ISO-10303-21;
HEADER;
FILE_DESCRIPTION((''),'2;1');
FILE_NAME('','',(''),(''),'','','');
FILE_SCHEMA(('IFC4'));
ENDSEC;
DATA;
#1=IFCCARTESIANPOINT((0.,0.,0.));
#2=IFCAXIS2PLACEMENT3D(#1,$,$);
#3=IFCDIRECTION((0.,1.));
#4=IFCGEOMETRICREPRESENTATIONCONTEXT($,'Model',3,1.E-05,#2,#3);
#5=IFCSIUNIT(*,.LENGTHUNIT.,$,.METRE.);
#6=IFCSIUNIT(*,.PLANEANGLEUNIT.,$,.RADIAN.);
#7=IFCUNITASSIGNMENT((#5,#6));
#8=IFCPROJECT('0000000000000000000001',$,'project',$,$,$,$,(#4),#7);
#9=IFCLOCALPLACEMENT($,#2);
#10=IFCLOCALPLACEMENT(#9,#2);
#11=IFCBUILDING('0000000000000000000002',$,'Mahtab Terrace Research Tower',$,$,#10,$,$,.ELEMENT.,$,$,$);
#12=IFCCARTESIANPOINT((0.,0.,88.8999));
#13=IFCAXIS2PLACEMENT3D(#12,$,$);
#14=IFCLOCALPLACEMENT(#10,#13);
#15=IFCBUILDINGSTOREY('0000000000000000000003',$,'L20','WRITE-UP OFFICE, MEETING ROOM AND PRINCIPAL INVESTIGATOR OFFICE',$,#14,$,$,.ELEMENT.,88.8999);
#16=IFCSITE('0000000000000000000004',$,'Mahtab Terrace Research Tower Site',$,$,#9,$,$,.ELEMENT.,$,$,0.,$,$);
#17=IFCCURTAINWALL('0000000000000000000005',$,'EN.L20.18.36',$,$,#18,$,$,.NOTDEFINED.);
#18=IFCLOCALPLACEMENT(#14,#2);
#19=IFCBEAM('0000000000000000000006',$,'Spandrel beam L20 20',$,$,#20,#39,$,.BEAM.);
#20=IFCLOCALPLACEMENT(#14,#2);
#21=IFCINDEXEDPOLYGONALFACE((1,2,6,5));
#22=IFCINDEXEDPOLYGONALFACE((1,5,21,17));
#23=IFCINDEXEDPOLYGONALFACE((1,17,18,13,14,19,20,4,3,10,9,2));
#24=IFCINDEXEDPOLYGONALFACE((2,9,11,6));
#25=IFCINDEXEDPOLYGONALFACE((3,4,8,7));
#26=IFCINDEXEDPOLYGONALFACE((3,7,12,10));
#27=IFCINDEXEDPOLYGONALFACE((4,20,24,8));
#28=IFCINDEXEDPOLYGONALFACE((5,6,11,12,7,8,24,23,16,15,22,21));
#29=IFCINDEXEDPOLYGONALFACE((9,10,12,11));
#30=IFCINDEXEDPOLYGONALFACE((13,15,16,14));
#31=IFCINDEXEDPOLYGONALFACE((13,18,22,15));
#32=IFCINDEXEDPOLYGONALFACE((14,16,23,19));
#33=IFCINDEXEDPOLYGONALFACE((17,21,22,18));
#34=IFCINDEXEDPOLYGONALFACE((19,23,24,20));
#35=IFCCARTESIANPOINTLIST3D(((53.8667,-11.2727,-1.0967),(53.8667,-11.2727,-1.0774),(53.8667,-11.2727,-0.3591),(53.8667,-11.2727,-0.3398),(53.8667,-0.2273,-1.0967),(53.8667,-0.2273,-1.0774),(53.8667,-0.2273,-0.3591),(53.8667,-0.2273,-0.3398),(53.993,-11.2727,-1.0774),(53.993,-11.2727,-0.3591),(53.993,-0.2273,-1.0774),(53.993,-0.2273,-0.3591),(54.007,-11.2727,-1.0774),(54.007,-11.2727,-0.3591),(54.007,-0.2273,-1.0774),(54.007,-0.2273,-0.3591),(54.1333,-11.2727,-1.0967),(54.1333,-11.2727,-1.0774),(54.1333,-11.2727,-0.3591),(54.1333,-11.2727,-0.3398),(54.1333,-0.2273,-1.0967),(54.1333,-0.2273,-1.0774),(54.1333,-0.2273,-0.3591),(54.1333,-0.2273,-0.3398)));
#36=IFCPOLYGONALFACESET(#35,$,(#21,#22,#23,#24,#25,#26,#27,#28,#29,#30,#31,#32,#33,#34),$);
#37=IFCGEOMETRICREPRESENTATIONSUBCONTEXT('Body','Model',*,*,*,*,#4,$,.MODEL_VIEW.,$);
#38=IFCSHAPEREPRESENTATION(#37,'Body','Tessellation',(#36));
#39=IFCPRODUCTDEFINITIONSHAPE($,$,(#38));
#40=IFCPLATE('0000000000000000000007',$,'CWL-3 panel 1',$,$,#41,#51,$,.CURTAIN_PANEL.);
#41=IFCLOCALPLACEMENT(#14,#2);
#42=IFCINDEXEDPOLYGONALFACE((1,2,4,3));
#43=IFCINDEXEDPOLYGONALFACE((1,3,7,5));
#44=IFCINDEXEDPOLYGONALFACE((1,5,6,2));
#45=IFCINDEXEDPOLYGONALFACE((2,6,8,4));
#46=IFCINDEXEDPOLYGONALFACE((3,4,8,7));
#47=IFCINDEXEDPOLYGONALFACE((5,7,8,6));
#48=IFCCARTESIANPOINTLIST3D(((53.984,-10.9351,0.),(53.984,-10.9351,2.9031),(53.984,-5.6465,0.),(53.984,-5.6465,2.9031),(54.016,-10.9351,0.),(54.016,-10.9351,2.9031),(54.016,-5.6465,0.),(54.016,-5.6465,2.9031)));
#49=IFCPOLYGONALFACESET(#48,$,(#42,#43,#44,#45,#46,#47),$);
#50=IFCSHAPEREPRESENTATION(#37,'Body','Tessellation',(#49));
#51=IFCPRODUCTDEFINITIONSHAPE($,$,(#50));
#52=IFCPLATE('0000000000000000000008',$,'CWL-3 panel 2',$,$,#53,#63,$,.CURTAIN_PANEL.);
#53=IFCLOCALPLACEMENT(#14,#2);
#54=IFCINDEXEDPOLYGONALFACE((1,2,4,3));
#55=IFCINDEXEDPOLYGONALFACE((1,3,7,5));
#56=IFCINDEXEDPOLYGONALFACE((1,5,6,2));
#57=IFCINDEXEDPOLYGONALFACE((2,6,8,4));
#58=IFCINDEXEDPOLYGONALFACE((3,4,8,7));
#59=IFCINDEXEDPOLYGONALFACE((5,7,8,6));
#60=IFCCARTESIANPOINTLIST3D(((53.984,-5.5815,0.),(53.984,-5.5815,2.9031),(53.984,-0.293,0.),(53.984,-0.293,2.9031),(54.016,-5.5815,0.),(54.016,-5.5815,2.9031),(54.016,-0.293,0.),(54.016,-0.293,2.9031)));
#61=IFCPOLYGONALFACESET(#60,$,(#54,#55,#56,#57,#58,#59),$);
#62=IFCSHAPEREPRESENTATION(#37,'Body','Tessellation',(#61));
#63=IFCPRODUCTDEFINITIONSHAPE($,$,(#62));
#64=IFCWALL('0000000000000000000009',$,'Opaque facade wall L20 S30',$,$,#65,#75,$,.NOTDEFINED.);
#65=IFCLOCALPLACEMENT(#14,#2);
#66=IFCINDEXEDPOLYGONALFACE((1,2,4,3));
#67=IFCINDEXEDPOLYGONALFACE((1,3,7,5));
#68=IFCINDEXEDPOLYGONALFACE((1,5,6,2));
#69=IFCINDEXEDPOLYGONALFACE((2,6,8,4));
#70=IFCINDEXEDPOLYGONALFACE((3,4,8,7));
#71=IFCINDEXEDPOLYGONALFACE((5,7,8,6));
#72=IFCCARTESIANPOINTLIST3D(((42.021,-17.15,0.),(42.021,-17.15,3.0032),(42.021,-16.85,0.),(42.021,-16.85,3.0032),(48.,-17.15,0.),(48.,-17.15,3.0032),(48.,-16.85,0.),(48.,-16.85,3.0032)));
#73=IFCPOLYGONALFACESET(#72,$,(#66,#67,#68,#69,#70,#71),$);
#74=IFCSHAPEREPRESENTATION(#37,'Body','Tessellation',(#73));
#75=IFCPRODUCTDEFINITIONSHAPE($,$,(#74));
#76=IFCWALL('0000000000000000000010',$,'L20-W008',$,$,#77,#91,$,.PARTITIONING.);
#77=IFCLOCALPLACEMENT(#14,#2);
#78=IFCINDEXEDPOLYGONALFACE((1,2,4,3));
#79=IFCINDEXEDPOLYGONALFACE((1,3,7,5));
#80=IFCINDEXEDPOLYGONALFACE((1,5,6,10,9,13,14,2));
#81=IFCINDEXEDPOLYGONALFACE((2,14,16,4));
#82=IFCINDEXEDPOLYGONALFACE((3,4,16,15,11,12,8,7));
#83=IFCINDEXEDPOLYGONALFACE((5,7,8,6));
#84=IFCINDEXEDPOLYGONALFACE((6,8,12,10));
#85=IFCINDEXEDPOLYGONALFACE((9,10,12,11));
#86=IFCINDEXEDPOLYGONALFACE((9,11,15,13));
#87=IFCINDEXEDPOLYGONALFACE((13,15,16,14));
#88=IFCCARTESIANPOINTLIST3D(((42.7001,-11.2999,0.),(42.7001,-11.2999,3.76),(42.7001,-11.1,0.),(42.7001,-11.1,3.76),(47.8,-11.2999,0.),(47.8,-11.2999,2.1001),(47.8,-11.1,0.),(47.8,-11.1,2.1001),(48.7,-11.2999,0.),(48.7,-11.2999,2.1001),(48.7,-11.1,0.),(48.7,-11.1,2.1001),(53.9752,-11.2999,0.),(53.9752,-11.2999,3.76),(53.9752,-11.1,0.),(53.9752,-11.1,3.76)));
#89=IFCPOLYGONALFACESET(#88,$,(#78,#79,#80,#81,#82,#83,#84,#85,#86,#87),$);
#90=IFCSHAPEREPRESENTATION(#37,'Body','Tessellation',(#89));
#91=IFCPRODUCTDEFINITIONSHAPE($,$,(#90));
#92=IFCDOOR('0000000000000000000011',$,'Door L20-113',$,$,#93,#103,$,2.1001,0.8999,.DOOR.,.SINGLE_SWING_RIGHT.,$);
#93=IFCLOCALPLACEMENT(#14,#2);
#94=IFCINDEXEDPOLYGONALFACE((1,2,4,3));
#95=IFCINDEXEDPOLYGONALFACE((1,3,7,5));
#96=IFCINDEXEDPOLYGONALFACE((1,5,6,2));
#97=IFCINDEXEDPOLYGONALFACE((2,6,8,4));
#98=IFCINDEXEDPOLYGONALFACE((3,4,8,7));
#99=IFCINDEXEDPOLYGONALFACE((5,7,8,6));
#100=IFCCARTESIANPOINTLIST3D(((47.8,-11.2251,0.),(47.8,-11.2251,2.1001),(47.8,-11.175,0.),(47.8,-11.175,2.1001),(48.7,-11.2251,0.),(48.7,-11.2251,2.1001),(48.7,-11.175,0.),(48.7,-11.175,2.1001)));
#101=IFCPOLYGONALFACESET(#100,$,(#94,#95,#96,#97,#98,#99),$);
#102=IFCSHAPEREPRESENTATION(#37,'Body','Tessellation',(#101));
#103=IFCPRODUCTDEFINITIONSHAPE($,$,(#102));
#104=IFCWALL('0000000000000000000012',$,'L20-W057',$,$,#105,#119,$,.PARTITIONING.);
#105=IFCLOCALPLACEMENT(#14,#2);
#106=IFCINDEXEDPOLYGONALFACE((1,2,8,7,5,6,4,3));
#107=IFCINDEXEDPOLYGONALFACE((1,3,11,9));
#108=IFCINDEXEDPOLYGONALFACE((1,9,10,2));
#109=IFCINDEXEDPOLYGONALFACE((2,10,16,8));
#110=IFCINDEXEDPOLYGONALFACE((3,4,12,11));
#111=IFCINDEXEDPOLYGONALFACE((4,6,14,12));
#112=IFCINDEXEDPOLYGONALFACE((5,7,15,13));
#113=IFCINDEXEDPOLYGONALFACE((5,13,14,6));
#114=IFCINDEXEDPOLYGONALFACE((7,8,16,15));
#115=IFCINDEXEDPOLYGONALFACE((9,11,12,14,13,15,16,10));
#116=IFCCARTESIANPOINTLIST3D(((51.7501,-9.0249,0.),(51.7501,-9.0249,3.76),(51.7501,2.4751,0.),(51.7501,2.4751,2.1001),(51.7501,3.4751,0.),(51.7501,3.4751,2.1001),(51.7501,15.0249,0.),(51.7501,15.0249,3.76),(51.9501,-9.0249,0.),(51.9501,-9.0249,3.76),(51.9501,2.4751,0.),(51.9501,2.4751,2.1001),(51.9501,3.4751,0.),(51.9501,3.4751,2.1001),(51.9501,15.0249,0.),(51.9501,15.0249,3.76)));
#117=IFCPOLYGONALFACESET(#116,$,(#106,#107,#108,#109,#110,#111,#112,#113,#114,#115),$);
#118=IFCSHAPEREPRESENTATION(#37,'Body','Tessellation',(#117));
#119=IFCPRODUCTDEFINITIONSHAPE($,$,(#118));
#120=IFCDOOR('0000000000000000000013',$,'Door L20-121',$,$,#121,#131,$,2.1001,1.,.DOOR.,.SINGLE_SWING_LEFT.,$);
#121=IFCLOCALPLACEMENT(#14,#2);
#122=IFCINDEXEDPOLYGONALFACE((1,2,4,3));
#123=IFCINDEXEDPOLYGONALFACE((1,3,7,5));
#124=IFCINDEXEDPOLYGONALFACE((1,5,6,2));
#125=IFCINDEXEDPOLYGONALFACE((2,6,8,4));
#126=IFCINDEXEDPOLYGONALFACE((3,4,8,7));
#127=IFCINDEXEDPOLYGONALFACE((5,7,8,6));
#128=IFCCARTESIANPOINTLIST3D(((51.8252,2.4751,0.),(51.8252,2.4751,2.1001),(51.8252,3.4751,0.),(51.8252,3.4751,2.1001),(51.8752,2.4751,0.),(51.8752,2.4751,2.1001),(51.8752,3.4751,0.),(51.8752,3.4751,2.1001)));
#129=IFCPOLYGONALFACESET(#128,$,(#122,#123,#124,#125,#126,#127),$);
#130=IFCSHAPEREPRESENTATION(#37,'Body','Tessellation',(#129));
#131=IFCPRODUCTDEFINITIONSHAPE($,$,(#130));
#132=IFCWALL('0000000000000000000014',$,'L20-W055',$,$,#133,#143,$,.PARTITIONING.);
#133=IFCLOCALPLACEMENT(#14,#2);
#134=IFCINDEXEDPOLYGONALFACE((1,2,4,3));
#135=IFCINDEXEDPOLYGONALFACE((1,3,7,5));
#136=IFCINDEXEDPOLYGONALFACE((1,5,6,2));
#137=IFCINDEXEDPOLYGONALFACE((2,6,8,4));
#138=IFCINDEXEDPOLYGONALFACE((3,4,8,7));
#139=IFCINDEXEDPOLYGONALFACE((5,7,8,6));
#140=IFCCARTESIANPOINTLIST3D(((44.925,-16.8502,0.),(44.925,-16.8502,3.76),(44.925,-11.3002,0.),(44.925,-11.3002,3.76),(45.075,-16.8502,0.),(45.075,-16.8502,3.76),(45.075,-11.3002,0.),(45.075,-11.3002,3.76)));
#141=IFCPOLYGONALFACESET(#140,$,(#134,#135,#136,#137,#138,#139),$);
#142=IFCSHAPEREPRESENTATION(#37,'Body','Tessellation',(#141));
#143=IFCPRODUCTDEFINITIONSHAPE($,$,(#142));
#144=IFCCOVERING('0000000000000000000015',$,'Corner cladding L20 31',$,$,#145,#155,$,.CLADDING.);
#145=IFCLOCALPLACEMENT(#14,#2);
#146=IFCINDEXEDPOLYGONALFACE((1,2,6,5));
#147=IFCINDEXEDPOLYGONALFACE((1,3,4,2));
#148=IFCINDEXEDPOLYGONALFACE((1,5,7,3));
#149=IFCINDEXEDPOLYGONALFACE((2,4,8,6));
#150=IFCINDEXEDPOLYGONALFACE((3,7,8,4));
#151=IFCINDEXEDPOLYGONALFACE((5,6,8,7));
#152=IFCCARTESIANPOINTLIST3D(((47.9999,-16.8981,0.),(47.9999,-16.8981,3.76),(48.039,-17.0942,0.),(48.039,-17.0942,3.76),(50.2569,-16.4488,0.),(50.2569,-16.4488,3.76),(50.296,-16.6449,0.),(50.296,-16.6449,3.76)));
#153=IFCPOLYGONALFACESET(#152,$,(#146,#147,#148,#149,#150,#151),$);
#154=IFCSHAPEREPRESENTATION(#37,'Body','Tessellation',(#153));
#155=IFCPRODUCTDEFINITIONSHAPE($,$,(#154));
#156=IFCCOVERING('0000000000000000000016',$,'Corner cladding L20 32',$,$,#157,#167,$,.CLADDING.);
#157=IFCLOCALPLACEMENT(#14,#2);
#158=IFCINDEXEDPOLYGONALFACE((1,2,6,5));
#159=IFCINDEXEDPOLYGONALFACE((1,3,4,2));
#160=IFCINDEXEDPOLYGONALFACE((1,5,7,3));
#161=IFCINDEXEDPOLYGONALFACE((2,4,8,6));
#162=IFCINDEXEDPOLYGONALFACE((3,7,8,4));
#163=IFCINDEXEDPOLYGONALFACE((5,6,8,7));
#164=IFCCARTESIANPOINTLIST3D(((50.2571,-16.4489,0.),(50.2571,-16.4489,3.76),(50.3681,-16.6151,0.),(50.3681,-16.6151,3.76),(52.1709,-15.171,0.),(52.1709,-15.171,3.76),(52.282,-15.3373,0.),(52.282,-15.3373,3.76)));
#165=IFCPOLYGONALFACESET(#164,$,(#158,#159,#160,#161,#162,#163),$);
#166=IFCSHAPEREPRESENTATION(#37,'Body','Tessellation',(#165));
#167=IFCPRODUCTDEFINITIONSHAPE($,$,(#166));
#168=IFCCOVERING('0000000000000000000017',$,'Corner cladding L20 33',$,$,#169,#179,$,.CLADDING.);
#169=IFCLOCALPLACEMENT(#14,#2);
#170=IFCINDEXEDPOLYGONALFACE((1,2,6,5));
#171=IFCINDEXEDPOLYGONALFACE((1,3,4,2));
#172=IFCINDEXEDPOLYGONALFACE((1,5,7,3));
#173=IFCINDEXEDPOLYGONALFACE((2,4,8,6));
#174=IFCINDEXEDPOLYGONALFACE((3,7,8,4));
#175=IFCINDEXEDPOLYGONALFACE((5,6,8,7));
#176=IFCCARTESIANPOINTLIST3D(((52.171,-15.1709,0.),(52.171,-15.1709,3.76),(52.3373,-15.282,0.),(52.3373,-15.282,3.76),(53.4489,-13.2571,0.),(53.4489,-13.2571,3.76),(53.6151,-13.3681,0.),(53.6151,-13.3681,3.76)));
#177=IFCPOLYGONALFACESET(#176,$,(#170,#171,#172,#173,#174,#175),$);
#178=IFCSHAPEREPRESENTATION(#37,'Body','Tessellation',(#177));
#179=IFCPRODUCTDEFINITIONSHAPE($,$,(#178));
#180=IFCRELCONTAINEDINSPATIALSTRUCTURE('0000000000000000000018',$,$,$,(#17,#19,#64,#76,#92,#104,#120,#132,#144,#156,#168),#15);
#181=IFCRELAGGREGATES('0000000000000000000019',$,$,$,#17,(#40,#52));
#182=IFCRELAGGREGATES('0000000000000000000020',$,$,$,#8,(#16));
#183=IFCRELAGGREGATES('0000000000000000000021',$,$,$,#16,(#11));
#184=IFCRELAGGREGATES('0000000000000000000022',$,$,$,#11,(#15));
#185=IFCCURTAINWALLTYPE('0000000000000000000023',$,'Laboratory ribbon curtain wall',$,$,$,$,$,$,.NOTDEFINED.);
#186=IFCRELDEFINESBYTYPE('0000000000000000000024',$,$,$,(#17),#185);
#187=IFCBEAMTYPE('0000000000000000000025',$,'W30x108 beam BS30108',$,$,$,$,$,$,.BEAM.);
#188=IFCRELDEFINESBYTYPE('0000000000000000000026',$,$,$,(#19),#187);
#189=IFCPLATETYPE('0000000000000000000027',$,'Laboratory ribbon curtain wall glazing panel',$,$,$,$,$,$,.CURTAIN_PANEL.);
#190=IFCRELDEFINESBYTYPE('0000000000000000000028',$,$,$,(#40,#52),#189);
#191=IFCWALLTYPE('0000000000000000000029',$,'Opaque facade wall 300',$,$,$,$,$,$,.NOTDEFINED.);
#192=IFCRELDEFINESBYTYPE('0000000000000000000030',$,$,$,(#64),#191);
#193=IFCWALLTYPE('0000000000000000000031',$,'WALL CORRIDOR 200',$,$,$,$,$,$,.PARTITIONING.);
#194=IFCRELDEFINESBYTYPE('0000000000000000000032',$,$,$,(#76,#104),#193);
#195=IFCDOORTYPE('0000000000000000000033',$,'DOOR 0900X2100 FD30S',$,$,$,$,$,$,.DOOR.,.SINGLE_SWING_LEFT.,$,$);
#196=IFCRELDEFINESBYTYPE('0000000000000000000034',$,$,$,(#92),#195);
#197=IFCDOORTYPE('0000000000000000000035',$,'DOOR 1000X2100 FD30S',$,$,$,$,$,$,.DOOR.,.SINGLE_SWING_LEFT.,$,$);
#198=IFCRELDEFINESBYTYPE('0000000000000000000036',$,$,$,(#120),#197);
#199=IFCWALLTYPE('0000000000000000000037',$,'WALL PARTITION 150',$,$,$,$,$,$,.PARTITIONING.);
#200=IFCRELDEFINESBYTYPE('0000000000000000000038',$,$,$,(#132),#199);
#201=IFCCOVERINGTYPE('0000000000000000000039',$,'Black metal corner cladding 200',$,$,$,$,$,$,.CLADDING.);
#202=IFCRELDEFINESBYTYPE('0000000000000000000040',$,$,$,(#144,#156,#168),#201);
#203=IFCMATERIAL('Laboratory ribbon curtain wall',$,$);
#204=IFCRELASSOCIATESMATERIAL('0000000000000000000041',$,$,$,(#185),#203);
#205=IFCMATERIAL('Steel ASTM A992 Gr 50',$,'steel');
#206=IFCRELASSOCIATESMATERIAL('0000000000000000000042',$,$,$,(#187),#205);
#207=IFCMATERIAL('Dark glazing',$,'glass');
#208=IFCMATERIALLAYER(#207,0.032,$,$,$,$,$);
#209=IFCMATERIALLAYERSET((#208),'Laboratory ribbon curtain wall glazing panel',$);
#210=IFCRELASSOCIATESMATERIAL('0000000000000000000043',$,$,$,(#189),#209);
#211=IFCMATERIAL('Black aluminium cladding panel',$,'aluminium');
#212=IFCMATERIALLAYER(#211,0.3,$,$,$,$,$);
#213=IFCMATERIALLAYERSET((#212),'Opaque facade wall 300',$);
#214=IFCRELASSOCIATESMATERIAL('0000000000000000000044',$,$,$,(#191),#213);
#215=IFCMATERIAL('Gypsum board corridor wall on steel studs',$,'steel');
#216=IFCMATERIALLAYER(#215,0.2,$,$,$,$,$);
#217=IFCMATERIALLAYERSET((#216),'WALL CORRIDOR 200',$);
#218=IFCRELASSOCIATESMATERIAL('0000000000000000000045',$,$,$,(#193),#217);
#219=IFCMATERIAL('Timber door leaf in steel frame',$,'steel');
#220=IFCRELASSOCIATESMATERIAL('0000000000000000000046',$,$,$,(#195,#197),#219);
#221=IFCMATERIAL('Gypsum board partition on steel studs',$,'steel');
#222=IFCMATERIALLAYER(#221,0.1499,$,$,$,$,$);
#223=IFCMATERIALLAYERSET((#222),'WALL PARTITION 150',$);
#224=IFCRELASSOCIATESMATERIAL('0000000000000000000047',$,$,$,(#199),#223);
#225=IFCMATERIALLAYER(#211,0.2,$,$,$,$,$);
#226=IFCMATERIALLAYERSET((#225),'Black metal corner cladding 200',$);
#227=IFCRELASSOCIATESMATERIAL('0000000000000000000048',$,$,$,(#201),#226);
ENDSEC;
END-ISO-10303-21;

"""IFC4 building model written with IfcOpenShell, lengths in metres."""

from ifc_helpers import new_model, si_unit, direction, frame, frame_2d, origin, origin_2d, place, context, subcontext, project, spatial, rectangle, i_section, extrude, material, layer, layer_set, material_profile, profile_set, type_object, element, fill, aggregate, save


model = new_model("IFC4")

# Units and contexts
model_context = context("Model", 3, precision=1e-05, world=origin(), true_north=direction((0.0, 1.0)))
body_context = subcontext(model_context, "Body", "Model", "MODEL_VIEW")
ifc_project = project(units=[si_unit("LENGTHUNIT", "METRE"), si_unit("PLANEANGLEUNIT", "RADIAN")], contexts=[model_context])

# Site, building, storey
site_placement = place(None, origin())
site = spatial("IfcSite", under=ifc_project, at=site_placement, Name="Mahtab Terrace Research Tower Site", CompositionType="ELEMENT", RefElevation=0.0)
building_placement = place(site_placement, origin())
building = spatial("IfcBuilding", under=site, at=building_placement, Name="Mahtab Terrace Research Tower", CompositionType="ELEMENT")
storey_placement = place(building_placement, frame((0.0, 0.0, 88.8999)))
storey = spatial("IfcBuildingStorey", under=building, at=storey_placement, Name="L20", Description="WRITE-UP OFFICE, MEETING ROOM AND PRINCIPAL INVESTIGATOR OFFICE", CompositionType="ELEMENT", Elevation=88.8999)

# Shared definitions
ifc_material_1 = material(Name="Steel ASTM A992 Gr 50", Category="steel")

# Curtain wall
ifc_material_2 = material(Name="Laboratory ribbon curtain wall")
curtain_wall_type = type_object("IfcCurtainWallType", Name="Laboratory ribbon curtain wall", PredefinedType="NOTDEFINED", material=ifc_material_2)
curtain_wall_placement = place(storey_placement, origin())
curtain_wall = element("IfcCurtainWall", 1, at=curtain_wall_placement, inside=storey, type_object=curtain_wall_type, Name="EN.L20.18.36", PredefinedType="NOTDEFINED")

# Beam
ifc_material_profile_1 = material_profile(ifc_material_1, i_section(OverallWidth=0.2666, OverallDepth=0.7568, WebThickness=0.0139, FlangeThickness=0.0193, at=origin_2d()), Name="W30X108")
ifc_profile_set_1 = profile_set([ifc_material_profile_1], Name="Steel ASTM A992 Gr 50")
beam_type = type_object("IfcBeamType", Name="W30x108 beam BS30108", PredefinedType="BEAM", material=ifc_profile_set_1)
beam_1_placement = place(storey_placement, frame((54.0, -11.2727, -0.7183), z_axis=(0.0, 1.0, 0.0), x_axis=(-1.0, 0.0, 0.0)))
element("IfcBeam", 2, at=beam_1_placement, inside=storey, type_object=beam_type, Name="Spandrel beam L20 20", PredefinedType="BEAM", context=body_context, shape_type="SweptSolid", body=[
    extrude(i_section(OverallWidth=0.2666, OverallDepth=0.7568, WebThickness=0.0139, FlangeThickness=0.0193, at=origin_2d()), origin(), (0.0, 0.0, 1.0), 11.0454),
])

# Plates
ifc_material_3 = material(Name="Dark glazing", Category="glass")
ifc_layer_1 = layer(ifc_material_3, 0.032)
ifc_layer_set_1 = layer_set([ifc_layer_1], Name="Laboratory ribbon curtain wall glazing panel")
plate_type = type_object("IfcPlateType", Name="Laboratory ribbon curtain wall glazing panel", PredefinedType="CURTAIN_PANEL", material=ifc_layer_set_1)
plate_1_placement = place(storey_placement, frame((54.0, -8.2908, 0.0), z_axis=(0.0, 0.0, 1.0), x_axis=(0.0, 1.0, 0.0)))
plate_1 = element("IfcPlate", 3, at=plate_1_placement, type_object=plate_type, Name="CWL-3 panel 1", PredefinedType="CURTAIN_PANEL", context=body_context, shape_type="SweptSolid", body=[
    extrude(rectangle(XDim=5.2886, YDim=0.032, at=origin_2d()), origin(), (0.0, 0.0, 1.0), 2.9031),
])
plate_2_placement = place(storey_placement, frame((54.0, -2.9373, 0.0), z_axis=(0.0, 0.0, 1.0), x_axis=(0.0, 1.0, 0.0)))
plate_2 = element("IfcPlate", 4, at=plate_2_placement, type_object=plate_type, Name="CWL-3 panel 2", PredefinedType="CURTAIN_PANEL", context=body_context, shape_type="SweptSolid", body=[
    extrude(rectangle(XDim=5.2886, YDim=0.032, at=origin_2d()), origin(), (0.0, 0.0, 1.0), 2.9031),
])
aggregate(curtain_wall, [plate_1, plate_2])

# Wall
ifc_material_4 = material(Name="Black aluminium cladding panel", Category="aluminium")
ifc_layer_2 = layer(ifc_material_4, 0.3)
ifc_layer_set_2 = layer_set([ifc_layer_2], Name="Opaque facade wall 300")
wall_type_1 = type_object("IfcWallType", Name="Opaque facade wall 300", PredefinedType="NOTDEFINED", material=ifc_layer_set_2)
wall_1_placement = place(storey_placement, frame((42.021, -17.0, 0.0), z_axis=(0.0, 0.0, 1.0), x_axis=(1.0, 0.0, 0.0)))
element("IfcWall", 5, at=wall_1_placement, inside=storey, type_object=wall_type_1, Name="Opaque facade wall L20 S30", PredefinedType="NOTDEFINED", context=body_context, shape_type="SweptSolid", body=[
    extrude(rectangle(XDim=5.979, YDim=0.3, at=frame_2d((2.9895, 0.0))), origin(), (0.0, 0.0, 1.0), 3.0032),
])

# Walls, openings, doors
ifc_material_5 = material(Name="Gypsum board corridor wall on steel studs", Category="steel")
ifc_layer_3 = layer(ifc_material_5, 0.2)
ifc_layer_set_3 = layer_set([ifc_layer_3], Name="WALL CORRIDOR 200")
wall_type_2 = type_object("IfcWallType", Name="WALL CORRIDOR 200", PredefinedType="PARTITIONING", material=ifc_layer_set_3)
wall_2_placement = place(storey_placement, frame((42.7, -11.2, 0.0), z_axis=(0.0, 0.0, 1.0), x_axis=(1.0, 0.0, 0.0)))
wall_2 = element("IfcWall", 6, at=wall_2_placement, inside=storey, type_object=wall_type_2, Name="L20-W008", PredefinedType="PARTITIONING", context=body_context, shape_type="SweptSolid", body=[
    extrude(rectangle(XDim=11.2751, YDim=0.2, at=frame_2d((5.6377, 0.0))), origin(), (0.0, 0.0, 1.0), 3.76),
])
opening_1_placement = place(wall_2_placement, frame((5.1001, 0.0, 0.0)))
opening_1 = element("IfcOpeningElement", 7, at=opening_1_placement, cuts=wall_2, PredefinedType="OPENING", context=body_context, shape_type="SweptSolid", body=[
    extrude(rectangle(XDim=0.8999, YDim=2.1001, at=frame_2d((0.45, 1.05))), frame((0.0, 0.1099, 0.0), z_axis=(0.0, -1.0, 0.0), x_axis=(1.0, 0.0, 0.0)), (0.0, 0.0, 1.0), 0.22),
])
ifc_material_6 = material(Name="Timber door leaf in steel frame", Category="steel")
door_type_1 = type_object("IfcDoorType", Name="DOOR 0900X2100 FD30S", OperationType="SINGLE_SWING_LEFT", PredefinedType="DOOR", material=ifc_material_6)
door_1_placement = place(opening_1_placement, origin())
door_1 = element("IfcDoor", 8, at=door_1_placement, inside=storey, type_object=door_type_1, Name="Door L20-113", OperationType="SINGLE_SWING_RIGHT", OverallHeight=2.1001, OverallWidth=0.8999, PredefinedType="DOOR", context=body_context, shape_type="SweptSolid", body=[
    extrude(rectangle(XDim=0.8999, YDim=2.1001, at=frame_2d((0.45, 1.05))), frame((0.0, 0.0249, 0.0), z_axis=(0.0, -1.0, 0.0), x_axis=(1.0, 0.0, 0.0)), (0.0, 0.0, 1.0), 0.05),
])
fill(opening_1, door_1)
wall_3_placement = place(storey_placement, frame((51.8501, -9.0249, 0.0), z_axis=(0.0, 0.0, 1.0), x_axis=(0.0, 1.0, 0.0)))
wall_3 = element("IfcWall", 9, at=wall_3_placement, inside=storey, type_object=wall_type_2, Name="L20-W057", PredefinedType="PARTITIONING", context=body_context, shape_type="SweptSolid", body=[
    extrude(rectangle(XDim=24.0498, YDim=0.2, at=frame_2d((12.0249, 0.0))), origin(), (0.0, 0.0, 1.0), 3.76),
])
opening_2_placement = place(wall_3_placement, frame((11.5, 0.0, 0.0)))
opening_2 = element("IfcOpeningElement", 10, at=opening_2_placement, cuts=wall_3, PredefinedType="OPENING", context=body_context, shape_type="SweptSolid", body=[
    extrude(rectangle(XDim=1.0, YDim=2.1001, at=frame_2d((0.5, 1.05))), frame((0.0, 0.1099, 0.0), z_axis=(0.0, -1.0, 0.0), x_axis=(1.0, 0.0, 0.0)), (0.0, 0.0, 1.0), 0.22),
])
door_type_2 = type_object("IfcDoorType", Name="DOOR 1000X2100 FD30S", OperationType="SINGLE_SWING_LEFT", PredefinedType="DOOR", material=ifc_material_6)
door_2_placement = place(opening_2_placement, origin())
door_2 = element("IfcDoor", 11, at=door_2_placement, inside=storey, type_object=door_type_2, Name="Door L20-121", OperationType="SINGLE_SWING_LEFT", OverallHeight=2.1001, OverallWidth=1.0, PredefinedType="DOOR", context=body_context, shape_type="SweptSolid", body=[
    extrude(rectangle(XDim=1.0, YDim=2.1001, at=frame_2d((0.5, 1.05))), frame((0.0, 0.0249, 0.0), z_axis=(0.0, -1.0, 0.0), x_axis=(1.0, 0.0, 0.0)), (0.0, 0.0, 1.0), 0.05),
])
fill(opening_2, door_2)

# Wall
ifc_material_7 = material(Name="Gypsum board partition on steel studs", Category="steel")
ifc_layer_4 = layer(ifc_material_7, 0.1499)
ifc_layer_set_4 = layer_set([ifc_layer_4], Name="WALL PARTITION 150")
wall_type_3 = type_object("IfcWallType", Name="WALL PARTITION 150", PredefinedType="PARTITIONING", material=ifc_layer_set_4)
wall_4_placement = place(storey_placement, frame((45.0, -16.8501, 0.0), z_axis=(0.0, 0.0, 1.0), x_axis=(0.0, 1.0, 0.0)))
element("IfcWall", 12, at=wall_4_placement, inside=storey, type_object=wall_type_3, Name="L20-W055", PredefinedType="PARTITIONING", context=body_context, shape_type="SweptSolid", body=[
    extrude(rectangle(XDim=5.55, YDim=0.1499, at=frame_2d((2.7749, 0.0))), origin(), (0.0, 0.0, 1.0), 3.76),
])

# Coverings
ifc_layer_5 = layer(ifc_material_4, 0.2)
ifc_layer_set_5 = layer_set([ifc_layer_5], Name="Black metal corner cladding 200")
covering_type = type_object("IfcCoveringType", Name="Black metal corner cladding 200", PredefinedType="CLADDING", material=ifc_layer_set_5)
for number, where, z_axis, x_axis, name in (
    (13, (49.1479, -16.7715, 0.0), (0.0, 0.0, 1.0), (0.980761, 0.195212, 0.0), "Corner cladding L20 31"),
    (14, (51.2695, -15.8931, 0.0), (0.0, 0.0, 1.0), (0.831656, 0.555291, 0.0), "Corner cladding L20 32"),
    (15, (52.8931, -14.2695, 0.0), (0.0, 0.0, 1.0), (0.555291, 0.831656, 0.0), "Corner cladding L20 33"),
):
    element("IfcCovering", number, at=place(storey_placement, frame(where, z_axis=z_axis, x_axis=x_axis)), inside=storey, type_object=covering_type, Name=name, PredefinedType="CLADDING", context=body_context, shape_type="SweptSolid", body=[
        extrude(rectangle(XDim=2.3013, YDim=0.2, at=origin_2d()), origin(), (0.0, 0.0, 1.0), 3.76),
    ])

save(model, "model.ifc")
